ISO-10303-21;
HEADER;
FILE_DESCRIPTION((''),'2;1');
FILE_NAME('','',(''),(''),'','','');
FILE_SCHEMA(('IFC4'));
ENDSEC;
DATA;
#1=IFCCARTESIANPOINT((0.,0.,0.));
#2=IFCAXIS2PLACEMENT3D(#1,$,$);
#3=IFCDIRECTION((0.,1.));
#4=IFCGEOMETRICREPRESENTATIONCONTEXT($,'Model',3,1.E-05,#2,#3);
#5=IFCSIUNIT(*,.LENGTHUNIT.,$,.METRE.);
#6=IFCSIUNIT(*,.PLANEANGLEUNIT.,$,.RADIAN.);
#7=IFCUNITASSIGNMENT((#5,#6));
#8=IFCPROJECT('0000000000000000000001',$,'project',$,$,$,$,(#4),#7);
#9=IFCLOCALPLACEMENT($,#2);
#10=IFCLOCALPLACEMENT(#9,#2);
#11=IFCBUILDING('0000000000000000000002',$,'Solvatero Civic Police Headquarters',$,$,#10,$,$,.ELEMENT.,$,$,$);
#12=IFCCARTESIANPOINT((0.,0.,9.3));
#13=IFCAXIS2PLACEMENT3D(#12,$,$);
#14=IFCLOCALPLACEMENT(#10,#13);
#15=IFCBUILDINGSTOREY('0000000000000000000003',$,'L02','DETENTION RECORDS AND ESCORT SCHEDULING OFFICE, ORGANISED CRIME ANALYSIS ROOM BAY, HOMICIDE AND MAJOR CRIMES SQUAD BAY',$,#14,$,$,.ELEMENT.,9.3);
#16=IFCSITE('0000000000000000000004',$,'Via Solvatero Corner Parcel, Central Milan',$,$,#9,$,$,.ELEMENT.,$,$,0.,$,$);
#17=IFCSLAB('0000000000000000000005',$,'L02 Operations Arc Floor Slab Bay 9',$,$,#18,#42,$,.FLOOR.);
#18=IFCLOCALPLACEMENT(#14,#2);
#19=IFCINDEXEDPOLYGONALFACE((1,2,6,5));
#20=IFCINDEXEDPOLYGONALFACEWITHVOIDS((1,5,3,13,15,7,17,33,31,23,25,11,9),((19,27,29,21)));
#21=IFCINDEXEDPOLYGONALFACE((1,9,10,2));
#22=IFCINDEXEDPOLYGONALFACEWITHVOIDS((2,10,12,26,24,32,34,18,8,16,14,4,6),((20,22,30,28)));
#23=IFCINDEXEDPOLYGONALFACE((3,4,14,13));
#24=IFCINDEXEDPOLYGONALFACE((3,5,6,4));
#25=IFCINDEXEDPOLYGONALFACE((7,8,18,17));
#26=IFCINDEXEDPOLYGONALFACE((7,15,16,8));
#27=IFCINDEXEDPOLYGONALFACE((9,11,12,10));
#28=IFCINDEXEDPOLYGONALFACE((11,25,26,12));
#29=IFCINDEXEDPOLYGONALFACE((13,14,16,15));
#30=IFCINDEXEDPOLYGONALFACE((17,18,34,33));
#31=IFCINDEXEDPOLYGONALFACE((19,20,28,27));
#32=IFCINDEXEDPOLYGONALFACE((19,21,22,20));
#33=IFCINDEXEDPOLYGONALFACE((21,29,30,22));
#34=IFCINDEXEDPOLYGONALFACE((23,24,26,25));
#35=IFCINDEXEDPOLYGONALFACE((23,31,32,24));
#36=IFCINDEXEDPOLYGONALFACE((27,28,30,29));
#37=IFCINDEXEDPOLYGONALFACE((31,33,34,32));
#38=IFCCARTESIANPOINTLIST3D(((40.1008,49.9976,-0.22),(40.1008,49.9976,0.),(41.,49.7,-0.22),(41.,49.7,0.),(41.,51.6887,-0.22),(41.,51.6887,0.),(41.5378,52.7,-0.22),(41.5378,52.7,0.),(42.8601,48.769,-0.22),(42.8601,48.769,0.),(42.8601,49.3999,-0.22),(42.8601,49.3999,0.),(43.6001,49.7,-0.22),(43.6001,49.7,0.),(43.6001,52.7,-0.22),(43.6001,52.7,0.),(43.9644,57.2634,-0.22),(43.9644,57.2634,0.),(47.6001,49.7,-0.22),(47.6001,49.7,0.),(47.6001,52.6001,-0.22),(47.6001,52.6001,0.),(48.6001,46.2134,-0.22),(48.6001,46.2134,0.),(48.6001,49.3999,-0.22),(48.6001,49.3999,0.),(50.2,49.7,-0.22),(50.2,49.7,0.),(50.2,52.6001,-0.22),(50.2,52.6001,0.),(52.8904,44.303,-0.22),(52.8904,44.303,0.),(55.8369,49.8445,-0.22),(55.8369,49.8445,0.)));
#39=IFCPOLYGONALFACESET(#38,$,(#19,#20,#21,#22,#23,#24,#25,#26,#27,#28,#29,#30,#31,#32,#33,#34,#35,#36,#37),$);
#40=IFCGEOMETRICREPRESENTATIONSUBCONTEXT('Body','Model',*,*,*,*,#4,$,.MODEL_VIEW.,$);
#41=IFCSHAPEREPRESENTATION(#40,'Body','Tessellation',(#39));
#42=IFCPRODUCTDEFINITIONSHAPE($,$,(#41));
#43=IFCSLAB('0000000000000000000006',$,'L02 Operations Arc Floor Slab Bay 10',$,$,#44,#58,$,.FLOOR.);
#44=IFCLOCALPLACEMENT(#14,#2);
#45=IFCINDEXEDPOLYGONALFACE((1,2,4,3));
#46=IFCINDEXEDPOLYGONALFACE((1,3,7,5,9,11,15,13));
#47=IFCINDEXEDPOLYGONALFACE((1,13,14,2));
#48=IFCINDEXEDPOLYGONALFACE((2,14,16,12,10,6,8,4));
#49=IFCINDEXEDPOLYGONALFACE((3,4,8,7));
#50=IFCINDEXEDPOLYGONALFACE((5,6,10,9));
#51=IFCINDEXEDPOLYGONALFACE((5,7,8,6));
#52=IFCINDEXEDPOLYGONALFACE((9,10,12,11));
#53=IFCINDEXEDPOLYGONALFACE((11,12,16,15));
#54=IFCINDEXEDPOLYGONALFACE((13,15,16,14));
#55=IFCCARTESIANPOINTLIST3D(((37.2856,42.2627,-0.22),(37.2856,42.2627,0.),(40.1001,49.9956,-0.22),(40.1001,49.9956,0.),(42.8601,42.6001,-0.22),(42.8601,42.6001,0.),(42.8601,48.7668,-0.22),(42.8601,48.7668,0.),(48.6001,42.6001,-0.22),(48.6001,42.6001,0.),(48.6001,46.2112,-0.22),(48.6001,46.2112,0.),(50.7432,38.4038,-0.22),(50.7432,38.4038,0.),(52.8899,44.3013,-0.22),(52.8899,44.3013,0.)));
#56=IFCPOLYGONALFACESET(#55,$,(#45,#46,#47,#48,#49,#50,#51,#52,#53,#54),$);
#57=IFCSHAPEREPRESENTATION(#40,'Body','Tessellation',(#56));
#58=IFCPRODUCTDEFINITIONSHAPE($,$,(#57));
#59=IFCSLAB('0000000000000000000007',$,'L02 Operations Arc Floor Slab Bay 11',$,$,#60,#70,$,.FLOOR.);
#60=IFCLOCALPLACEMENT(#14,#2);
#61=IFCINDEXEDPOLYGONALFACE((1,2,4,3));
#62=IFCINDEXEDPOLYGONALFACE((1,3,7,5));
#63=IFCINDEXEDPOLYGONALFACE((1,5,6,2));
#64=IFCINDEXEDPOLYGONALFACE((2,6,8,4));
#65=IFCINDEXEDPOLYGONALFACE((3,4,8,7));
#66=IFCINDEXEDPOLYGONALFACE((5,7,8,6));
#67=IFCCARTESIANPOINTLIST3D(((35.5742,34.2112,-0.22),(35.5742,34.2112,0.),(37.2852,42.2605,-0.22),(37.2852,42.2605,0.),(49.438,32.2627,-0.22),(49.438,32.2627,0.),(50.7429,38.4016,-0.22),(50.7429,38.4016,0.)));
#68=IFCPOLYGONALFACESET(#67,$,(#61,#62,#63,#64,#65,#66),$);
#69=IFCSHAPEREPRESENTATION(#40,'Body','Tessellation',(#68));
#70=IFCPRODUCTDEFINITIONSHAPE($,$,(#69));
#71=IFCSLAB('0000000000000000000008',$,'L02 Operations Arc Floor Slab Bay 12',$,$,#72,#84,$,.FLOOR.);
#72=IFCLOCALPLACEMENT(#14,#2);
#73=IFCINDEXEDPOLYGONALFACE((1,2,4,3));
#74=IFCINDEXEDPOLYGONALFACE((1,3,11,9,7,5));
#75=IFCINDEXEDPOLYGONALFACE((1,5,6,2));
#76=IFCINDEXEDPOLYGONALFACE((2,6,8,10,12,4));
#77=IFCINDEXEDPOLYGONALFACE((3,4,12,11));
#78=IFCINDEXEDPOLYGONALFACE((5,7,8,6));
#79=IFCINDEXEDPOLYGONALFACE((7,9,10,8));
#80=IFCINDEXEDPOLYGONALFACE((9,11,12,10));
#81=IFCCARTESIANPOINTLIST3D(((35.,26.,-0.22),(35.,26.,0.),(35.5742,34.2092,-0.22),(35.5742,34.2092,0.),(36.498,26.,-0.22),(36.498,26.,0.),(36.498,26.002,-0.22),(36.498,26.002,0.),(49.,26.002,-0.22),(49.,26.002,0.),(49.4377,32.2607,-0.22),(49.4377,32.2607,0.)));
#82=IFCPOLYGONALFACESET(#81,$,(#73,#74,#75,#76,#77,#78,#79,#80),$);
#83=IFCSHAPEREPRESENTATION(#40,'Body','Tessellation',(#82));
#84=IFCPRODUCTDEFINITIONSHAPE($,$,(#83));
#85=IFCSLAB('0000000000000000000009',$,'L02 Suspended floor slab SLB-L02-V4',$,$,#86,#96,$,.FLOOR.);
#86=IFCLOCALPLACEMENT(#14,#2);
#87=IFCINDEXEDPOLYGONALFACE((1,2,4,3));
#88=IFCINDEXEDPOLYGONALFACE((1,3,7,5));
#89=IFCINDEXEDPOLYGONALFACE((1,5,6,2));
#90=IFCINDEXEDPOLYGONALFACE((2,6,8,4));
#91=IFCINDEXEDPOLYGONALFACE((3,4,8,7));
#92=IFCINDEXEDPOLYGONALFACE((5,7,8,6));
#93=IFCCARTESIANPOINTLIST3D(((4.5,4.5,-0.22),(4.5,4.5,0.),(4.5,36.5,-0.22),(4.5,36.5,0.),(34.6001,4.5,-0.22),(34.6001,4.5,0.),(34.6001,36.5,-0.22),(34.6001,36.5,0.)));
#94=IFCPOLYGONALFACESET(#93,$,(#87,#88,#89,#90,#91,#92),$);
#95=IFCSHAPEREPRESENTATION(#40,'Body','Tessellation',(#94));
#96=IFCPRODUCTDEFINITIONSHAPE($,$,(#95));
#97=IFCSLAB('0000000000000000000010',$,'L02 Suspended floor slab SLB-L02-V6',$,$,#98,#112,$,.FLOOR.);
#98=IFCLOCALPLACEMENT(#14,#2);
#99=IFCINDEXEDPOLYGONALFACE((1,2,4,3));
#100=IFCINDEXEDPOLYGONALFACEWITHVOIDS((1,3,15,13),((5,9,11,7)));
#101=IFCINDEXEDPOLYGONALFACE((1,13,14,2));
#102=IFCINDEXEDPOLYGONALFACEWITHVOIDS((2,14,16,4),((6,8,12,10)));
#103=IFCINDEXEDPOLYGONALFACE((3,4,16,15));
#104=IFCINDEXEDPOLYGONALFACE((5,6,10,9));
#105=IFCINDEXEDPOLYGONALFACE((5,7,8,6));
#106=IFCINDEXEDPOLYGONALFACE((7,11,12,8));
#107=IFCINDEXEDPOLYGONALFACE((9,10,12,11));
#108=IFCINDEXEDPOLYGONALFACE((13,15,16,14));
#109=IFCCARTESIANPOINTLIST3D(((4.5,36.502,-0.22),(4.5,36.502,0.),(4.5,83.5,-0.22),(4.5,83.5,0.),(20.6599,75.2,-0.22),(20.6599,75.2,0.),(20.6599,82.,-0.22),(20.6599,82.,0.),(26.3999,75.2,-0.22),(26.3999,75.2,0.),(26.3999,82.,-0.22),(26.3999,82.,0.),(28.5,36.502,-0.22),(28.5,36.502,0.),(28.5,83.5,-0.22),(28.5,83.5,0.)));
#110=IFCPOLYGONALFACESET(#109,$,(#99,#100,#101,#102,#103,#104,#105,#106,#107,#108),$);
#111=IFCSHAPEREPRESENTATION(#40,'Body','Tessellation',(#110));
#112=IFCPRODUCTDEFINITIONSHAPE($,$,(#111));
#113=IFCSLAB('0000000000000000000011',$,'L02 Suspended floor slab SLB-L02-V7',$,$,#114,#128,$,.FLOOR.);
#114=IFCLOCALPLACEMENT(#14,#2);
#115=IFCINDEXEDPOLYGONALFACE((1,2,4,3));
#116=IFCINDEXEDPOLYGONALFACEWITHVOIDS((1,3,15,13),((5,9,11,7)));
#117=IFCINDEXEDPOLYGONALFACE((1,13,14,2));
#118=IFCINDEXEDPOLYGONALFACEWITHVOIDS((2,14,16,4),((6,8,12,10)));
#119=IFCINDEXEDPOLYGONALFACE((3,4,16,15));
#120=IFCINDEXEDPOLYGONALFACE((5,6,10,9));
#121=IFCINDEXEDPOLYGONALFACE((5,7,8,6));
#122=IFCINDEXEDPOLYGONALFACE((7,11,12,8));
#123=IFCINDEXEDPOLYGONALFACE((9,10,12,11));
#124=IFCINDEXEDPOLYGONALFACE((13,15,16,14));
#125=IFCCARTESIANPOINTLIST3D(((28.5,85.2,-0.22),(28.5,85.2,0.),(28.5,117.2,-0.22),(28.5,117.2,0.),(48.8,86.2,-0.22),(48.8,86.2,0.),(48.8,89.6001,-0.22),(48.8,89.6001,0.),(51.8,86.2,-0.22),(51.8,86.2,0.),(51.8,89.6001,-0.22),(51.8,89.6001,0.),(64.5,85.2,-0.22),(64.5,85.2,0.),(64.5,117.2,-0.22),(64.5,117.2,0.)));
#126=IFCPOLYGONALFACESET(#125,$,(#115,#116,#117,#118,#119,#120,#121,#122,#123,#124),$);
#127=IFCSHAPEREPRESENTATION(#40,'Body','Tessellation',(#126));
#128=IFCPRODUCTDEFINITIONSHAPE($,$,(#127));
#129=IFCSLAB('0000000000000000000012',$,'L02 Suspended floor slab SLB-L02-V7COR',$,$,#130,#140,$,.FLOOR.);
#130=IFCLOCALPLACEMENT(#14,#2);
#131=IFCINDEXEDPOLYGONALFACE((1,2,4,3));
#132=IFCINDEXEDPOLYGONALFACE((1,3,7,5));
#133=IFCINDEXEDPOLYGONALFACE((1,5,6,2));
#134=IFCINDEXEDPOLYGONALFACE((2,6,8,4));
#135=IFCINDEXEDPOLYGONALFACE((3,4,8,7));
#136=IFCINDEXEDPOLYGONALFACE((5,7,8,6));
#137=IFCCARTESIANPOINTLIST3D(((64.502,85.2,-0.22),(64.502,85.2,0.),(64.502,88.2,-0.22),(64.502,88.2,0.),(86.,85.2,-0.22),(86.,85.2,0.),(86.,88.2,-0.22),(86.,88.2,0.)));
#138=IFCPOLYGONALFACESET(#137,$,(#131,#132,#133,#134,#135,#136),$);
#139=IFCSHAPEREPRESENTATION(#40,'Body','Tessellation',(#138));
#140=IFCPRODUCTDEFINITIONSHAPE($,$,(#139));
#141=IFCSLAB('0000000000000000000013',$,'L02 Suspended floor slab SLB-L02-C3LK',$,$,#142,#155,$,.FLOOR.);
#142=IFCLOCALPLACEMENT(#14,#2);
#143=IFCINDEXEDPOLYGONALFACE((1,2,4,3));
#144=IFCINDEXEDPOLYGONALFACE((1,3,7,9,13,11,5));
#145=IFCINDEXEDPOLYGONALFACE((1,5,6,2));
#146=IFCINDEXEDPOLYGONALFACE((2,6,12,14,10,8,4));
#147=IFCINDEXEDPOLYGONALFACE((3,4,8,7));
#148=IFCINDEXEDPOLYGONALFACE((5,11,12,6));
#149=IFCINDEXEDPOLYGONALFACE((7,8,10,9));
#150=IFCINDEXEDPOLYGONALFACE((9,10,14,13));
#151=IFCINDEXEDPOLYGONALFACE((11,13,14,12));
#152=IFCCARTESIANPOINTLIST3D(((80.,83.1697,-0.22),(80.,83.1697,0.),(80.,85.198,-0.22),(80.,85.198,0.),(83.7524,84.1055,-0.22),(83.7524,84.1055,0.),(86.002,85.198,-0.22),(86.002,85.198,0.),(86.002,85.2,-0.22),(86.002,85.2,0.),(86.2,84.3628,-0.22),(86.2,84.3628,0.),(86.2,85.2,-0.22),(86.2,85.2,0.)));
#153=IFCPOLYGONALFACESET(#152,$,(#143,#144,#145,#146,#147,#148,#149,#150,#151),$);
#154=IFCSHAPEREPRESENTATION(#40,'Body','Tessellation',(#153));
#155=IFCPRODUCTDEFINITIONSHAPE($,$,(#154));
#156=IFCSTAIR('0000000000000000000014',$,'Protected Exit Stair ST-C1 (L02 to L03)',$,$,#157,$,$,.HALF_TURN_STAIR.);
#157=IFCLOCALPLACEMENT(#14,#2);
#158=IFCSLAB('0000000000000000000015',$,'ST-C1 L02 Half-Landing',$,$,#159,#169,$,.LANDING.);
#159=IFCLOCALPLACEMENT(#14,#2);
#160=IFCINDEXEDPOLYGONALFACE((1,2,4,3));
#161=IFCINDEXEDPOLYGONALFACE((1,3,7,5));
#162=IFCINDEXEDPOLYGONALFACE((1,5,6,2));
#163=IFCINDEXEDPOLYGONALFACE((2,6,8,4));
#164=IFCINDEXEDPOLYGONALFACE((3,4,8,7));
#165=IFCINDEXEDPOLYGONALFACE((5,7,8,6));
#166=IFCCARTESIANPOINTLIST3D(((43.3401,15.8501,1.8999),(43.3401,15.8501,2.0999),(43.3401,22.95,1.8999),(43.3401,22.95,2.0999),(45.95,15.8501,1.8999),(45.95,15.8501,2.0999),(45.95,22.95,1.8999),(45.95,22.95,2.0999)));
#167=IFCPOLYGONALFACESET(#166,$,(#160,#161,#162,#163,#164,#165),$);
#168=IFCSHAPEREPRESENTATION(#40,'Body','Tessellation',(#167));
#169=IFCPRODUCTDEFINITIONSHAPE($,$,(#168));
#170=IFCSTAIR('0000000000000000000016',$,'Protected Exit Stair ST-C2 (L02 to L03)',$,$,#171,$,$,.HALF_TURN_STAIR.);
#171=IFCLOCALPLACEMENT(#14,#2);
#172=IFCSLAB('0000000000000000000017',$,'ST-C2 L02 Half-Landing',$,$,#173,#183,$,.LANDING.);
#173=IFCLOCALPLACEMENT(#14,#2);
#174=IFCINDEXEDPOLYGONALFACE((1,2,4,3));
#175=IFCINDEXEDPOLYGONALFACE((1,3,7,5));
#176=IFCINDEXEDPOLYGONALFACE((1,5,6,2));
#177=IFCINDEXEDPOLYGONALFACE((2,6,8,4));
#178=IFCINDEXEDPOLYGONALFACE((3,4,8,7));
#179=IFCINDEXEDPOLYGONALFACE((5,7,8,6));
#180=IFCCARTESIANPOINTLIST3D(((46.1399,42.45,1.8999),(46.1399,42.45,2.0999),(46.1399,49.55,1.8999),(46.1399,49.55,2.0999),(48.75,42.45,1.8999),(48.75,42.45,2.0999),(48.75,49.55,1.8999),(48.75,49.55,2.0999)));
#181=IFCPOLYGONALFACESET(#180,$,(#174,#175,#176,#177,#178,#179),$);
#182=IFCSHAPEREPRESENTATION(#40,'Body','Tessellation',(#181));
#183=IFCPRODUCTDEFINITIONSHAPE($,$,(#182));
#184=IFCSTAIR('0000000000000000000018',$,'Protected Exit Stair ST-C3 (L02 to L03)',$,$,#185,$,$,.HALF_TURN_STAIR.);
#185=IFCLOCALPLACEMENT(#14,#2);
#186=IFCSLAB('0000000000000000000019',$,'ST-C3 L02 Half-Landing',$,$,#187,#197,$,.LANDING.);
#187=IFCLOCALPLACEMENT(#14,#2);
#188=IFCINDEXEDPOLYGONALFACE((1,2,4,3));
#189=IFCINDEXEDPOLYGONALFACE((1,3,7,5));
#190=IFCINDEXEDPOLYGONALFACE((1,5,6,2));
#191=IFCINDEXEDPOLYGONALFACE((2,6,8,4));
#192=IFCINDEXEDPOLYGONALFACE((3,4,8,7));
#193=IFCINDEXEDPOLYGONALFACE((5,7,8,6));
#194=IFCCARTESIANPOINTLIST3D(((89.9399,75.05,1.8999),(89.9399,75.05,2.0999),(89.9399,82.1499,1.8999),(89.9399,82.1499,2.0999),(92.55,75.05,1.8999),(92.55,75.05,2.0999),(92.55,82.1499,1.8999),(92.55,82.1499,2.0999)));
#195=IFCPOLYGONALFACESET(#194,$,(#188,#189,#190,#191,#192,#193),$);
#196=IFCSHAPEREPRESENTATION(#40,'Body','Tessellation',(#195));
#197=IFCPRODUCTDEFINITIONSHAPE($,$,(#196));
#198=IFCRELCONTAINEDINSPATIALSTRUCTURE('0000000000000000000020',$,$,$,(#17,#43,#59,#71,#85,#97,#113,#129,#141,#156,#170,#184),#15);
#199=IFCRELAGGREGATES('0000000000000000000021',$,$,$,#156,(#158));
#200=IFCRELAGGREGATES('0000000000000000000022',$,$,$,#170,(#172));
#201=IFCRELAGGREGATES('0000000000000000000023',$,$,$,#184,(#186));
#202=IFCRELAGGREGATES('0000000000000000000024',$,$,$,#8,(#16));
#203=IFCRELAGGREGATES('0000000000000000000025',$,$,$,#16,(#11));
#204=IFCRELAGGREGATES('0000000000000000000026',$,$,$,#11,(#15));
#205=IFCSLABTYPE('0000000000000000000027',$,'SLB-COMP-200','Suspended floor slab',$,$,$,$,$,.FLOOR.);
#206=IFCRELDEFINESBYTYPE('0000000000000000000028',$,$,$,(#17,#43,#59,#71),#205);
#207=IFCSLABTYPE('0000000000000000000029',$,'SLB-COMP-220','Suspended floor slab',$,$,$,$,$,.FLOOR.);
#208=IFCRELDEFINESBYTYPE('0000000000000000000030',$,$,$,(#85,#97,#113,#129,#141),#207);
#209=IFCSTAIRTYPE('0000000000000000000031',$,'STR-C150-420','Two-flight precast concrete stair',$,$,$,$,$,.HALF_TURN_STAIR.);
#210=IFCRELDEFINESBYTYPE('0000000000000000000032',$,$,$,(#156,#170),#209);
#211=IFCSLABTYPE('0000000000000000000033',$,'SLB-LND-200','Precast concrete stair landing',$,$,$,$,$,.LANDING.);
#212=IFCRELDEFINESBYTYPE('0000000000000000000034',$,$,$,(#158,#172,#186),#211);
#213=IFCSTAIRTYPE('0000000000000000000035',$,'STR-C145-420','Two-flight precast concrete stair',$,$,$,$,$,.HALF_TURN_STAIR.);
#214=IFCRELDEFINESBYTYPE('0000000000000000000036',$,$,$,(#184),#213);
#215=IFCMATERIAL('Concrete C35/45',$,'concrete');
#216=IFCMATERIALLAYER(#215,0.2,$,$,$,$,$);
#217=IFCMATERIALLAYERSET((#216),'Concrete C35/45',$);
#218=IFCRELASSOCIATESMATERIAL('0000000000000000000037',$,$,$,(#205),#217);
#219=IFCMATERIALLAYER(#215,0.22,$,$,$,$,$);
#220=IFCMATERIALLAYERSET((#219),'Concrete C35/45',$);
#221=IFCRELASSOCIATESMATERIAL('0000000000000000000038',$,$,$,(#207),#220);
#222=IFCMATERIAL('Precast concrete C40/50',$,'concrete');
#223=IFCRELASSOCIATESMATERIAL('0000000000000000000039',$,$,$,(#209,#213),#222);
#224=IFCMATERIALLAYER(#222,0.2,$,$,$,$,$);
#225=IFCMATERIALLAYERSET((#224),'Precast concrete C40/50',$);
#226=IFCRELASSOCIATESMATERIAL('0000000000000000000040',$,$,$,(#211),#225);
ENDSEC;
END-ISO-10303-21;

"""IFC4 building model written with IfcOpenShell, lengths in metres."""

from ifc_helpers import new_model, si_unit, direction, frame, origin, place, context, subcontext, project, spatial, polyline, outline, extrude, material, layer, layer_set, type_object, element, aggregate, save


model = new_model("IFC4")

# Units and contexts
model_context = context("Model", 3, precision=1e-05, world=origin(), true_north=direction((0.0, 1.0)))
body_context = subcontext(model_context, "Body", "Model", "MODEL_VIEW")
ifc_project = project(units=[si_unit("LENGTHUNIT", "METRE"), si_unit("PLANEANGLEUNIT", "RADIAN")], contexts=[model_context])

# Site, building, storey
site_placement = place(None, origin())
site = spatial("IfcSite", under=ifc_project, at=site_placement, Name="Via Solvatero Corner Parcel, Central Milan", CompositionType="ELEMENT", RefElevation=0.0)
building_placement = place(site_placement, origin())
building = spatial("IfcBuilding", under=site, at=building_placement, Name="Solvatero Civic Police Headquarters", CompositionType="ELEMENT")
storey_placement = place(building_placement, frame((0.0, 0.0, 9.3)))
storey = spatial("IfcBuildingStorey", under=building, at=storey_placement, Name="L02", Description="DETENTION RECORDS AND ESCORT SCHEDULING OFFICE, ORGANISED CRIME ANALYSIS ROOM BAY, HOMICIDE AND MAJOR CRIMES SQUAD BAY", CompositionType="ELEMENT", Elevation=9.3)

# Slabs
ifc_material_1 = material(Name="Concrete C35/45", Category="concrete")
ifc_layer_1 = layer(ifc_material_1, 0.2)
ifc_layer_set_1 = layer_set([ifc_layer_1], Name="Concrete C35/45")
slab_type_1 = type_object("IfcSlabType", Name="SLB-COMP-200", Description="Suspended floor slab", PredefinedType="FLOOR", material=ifc_layer_set_1)
slab_1_placement = place(storey_placement, frame((0.0, 0.0, -0.22)))
element("IfcSlab", 1, at=slab_1_placement, inside=storey, type_object=slab_type_1, Name="L02 Operations Arc Floor Slab Bay 9", PredefinedType="FLOOR", context=body_context, shape_type="SweptSolid", body=[
    extrude(outline(polyline([(52.8904, 44.303), (48.6001, 46.2134), (48.6001, 49.3999), (42.8601, 49.3999), (42.8601, 48.769), (40.1008, 49.9976), (41.0, 51.6887), (41.0, 49.7), (43.6001, 49.7), (43.6001, 52.7), (41.5378, 52.7), (43.9644, 57.2634), (55.8369, 49.8445), (52.8904, 44.303)]), holes=[polyline([(50.2, 49.7), (50.2, 52.6001), (47.6001, 52.6001), (47.6001, 49.7), (50.2, 49.7)])]), origin(), (0.0, 0.0, 1.0), 0.22),
])
slab_2_placement = place(storey_placement, frame((0.0, 0.0, -0.22)))
element("IfcSlab", 2, at=slab_2_placement, inside=storey, type_object=slab_type_1, Name="L02 Operations Arc Floor Slab Bay 10", PredefinedType="FLOOR", context=body_context, shape_type="SweptSolid", body=[
    extrude(outline(polyline([(37.2856, 42.2627), (40.1001, 49.9956), (42.8601, 48.7668), (42.8601, 42.6001), (48.6001, 42.6001), (48.6001, 46.2112), (52.8899, 44.3013), (50.7432, 38.4038), (37.2856, 42.2627)])), origin(), (0.0, 0.0, 1.0), 0.22),
])
slab_3_placement = place(storey_placement, frame((0.0, 0.0, -0.22)))
element("IfcSlab", 3, at=slab_3_placement, inside=storey, type_object=slab_type_1, Name="L02 Operations Arc Floor Slab Bay 11", PredefinedType="FLOOR", context=body_context, shape_type="SweptSolid", body=[
    extrude(outline(polyline([(37.2852, 42.2605), (50.7429, 38.4016), (49.438, 32.2627), (35.5742, 34.2112), (37.2852, 42.2605)])), origin(), (0.0, 0.0, 1.0), 0.22),
])
slab_4_placement = place(storey_placement, frame((0.0, 0.0, -0.22)))
element("IfcSlab", 4, at=slab_4_placement, inside=storey, type_object=slab_type_1, Name="L02 Operations Arc Floor Slab Bay 12", PredefinedType="FLOOR", context=body_context, shape_type="SweptSolid", body=[
    extrude(outline(polyline([(35.5742, 34.2092), (49.4377, 32.2607), (49.0, 26.002), (36.498, 26.002), (36.498, 26.0), (35.0, 26.0), (35.5742, 34.2092)])), origin(), (0.0, 0.0, 1.0), 0.22),
])
ifc_layer_2 = layer(ifc_material_1, 0.22)
ifc_layer_set_2 = layer_set([ifc_layer_2], Name="Concrete C35/45")
slab_type_2 = type_object("IfcSlabType", Name="SLB-COMP-220", Description="Suspended floor slab", PredefinedType="FLOOR", material=ifc_layer_set_2)
slab_5_placement = place(storey_placement, frame((0.0, 0.0, -0.22)))
element("IfcSlab", 5, at=slab_5_placement, inside=storey, type_object=slab_type_2, Name="L02 Suspended floor slab SLB-L02-V4", PredefinedType="FLOOR", context=body_context, shape_type="SweptSolid", body=[
    extrude(outline(polyline([(4.5, 36.5), (34.6001, 36.5), (34.6001, 4.5), (4.5, 4.5), (4.5, 36.5)])), origin(), (0.0, 0.0, 1.0), 0.22),
])
slab_6_placement = place(storey_placement, frame((0.0, 0.0, -0.22)))
element("IfcSlab", 6, at=slab_6_placement, inside=storey, type_object=slab_type_2, Name="L02 Suspended floor slab SLB-L02-V6", PredefinedType="FLOOR", context=body_context, shape_type="SweptSolid", body=[
    extrude(outline(polyline([(4.5, 83.5), (28.5, 83.5), (28.5, 36.502), (4.5, 36.502), (4.5, 83.5)]), holes=[polyline([(20.6599, 82.0), (20.6599, 75.2), (26.3999, 75.2), (26.3999, 82.0), (20.6599, 82.0)])]), origin(), (0.0, 0.0, 1.0), 0.22),
])
slab_7_placement = place(storey_placement, frame((0.0, 0.0, -0.22)))
element("IfcSlab", 7, at=slab_7_placement, inside=storey, type_object=slab_type_2, Name="L02 Suspended floor slab SLB-L02-V7", PredefinedType="FLOOR", context=body_context, shape_type="SweptSolid", body=[
    extrude(outline(polyline([(28.5, 117.2), (64.5, 117.2), (64.5, 85.2), (28.5, 85.2), (28.5, 117.2)]), holes=[polyline([(51.8, 89.6001), (48.8, 89.6001), (48.8, 86.2), (51.8, 86.2), (51.8, 89.6001)])]), origin(), (0.0, 0.0, 1.0), 0.22),
])
slab_8_placement = place(storey_placement, frame((0.0, 0.0, -0.22)))
element("IfcSlab", 8, at=slab_8_placement, inside=storey, type_object=slab_type_2, Name="L02 Suspended floor slab SLB-L02-V7COR", PredefinedType="FLOOR", context=body_context, shape_type="SweptSolid", body=[
    extrude(outline(polyline([(86.0, 88.2), (86.0, 85.2), (64.502, 85.2), (64.502, 88.2), (86.0, 88.2)])), origin(), (0.0, 0.0, 1.0), 0.22),
])
slab_9_placement = place(storey_placement, frame((0.0, 0.0, -0.22)))
element("IfcSlab", 9, at=slab_9_placement, inside=storey, type_object=slab_type_2, Name="L02 Suspended floor slab SLB-L02-C3LK", PredefinedType="FLOOR", context=body_context, shape_type="SweptSolid", body=[
    extrude(outline(polyline([(80.0, 85.198), (86.002, 85.198), (86.002, 85.2), (86.2, 85.2), (86.2, 84.3628), (83.7524, 84.1055), (80.0, 83.1697), (80.0, 85.198)])), origin(), (0.0, 0.0, 1.0), 0.22),
])

# Stairs, slabs
ifc_material_2 = material(Name="Precast concrete C40/50", Category="concrete")
stair_type_1 = type_object("IfcStairType", Name="STR-C150-420", Description="Two-flight precast concrete stair", PredefinedType="HALF_TURN_STAIR", material=ifc_material_2)
stair_1_placement = place(storey_placement, origin())
stair_1 = element("IfcStair", 10, at=stair_1_placement, inside=storey, type_object=stair_type_1, Name="Protected Exit Stair ST-C1 (L02 to L03)", PredefinedType="HALF_TURN_STAIR")
ifc_layer_3 = layer(ifc_material_2, 0.2)
ifc_layer_set_3 = layer_set([ifc_layer_3], Name="Precast concrete C40/50")
slab_type_3 = type_object("IfcSlabType", Name="SLB-LND-200", Description="Precast concrete stair landing", PredefinedType="LANDING", material=ifc_layer_set_3)
slab_10_placement = place(storey_placement, frame((0.0, 0.0, 1.8999)))
slab_10 = element("IfcSlab", 11, at=slab_10_placement, type_object=slab_type_3, Name="ST-C1 L02 Half-Landing", PredefinedType="LANDING", context=body_context, shape_type="SweptSolid", body=[
    extrude(outline(polyline([(43.3401, 15.8501), (45.95, 15.8501), (45.95, 22.95), (43.3401, 22.95), (43.3401, 15.8501)])), origin(), (0.0, 0.0, 1.0), 0.2),
])
aggregate(stair_1, [slab_10])
stair_2_placement = place(storey_placement, origin())
stair_2 = element("IfcStair", 12, at=stair_2_placement, inside=storey, type_object=stair_type_1, Name="Protected Exit Stair ST-C2 (L02 to L03)", PredefinedType="HALF_TURN_STAIR")
slab_11_placement = place(storey_placement, frame((0.0, 0.0, 1.8999)))
slab_11 = element("IfcSlab", 13, at=slab_11_placement, type_object=slab_type_3, Name="ST-C2 L02 Half-Landing", PredefinedType="LANDING", context=body_context, shape_type="SweptSolid", body=[
    extrude(outline(polyline([(46.1399, 42.45), (48.75, 42.45), (48.75, 49.55), (46.1399, 49.55), (46.1399, 42.45)])), origin(), (0.0, 0.0, 1.0), 0.2),
])
aggregate(stair_2, [slab_11])
stair_type_2 = type_object("IfcStairType", Name="STR-C145-420", Description="Two-flight precast concrete stair", PredefinedType="HALF_TURN_STAIR", material=ifc_material_2)
stair_3_placement = place(storey_placement, origin())
stair_3 = element("IfcStair", 14, at=stair_3_placement, inside=storey, type_object=stair_type_2, Name="Protected Exit Stair ST-C3 (L02 to L03)", PredefinedType="HALF_TURN_STAIR")
slab_12_placement = place(storey_placement, frame((0.0, 0.0, 1.8999)))
slab_12 = element("IfcSlab", 15, at=slab_12_placement, type_object=slab_type_3, Name="ST-C3 L02 Half-Landing", PredefinedType="LANDING", context=body_context, shape_type="SweptSolid", body=[
    extrude(outline(polyline([(89.9399, 75.05), (92.55, 75.05), (92.55, 82.1499), (89.9399, 82.1499), (89.9399, 75.05)])), origin(), (0.0, 0.0, 1.0), 0.2),
])
aggregate(stair_3, [slab_12])

save(model, "model.ifc")
